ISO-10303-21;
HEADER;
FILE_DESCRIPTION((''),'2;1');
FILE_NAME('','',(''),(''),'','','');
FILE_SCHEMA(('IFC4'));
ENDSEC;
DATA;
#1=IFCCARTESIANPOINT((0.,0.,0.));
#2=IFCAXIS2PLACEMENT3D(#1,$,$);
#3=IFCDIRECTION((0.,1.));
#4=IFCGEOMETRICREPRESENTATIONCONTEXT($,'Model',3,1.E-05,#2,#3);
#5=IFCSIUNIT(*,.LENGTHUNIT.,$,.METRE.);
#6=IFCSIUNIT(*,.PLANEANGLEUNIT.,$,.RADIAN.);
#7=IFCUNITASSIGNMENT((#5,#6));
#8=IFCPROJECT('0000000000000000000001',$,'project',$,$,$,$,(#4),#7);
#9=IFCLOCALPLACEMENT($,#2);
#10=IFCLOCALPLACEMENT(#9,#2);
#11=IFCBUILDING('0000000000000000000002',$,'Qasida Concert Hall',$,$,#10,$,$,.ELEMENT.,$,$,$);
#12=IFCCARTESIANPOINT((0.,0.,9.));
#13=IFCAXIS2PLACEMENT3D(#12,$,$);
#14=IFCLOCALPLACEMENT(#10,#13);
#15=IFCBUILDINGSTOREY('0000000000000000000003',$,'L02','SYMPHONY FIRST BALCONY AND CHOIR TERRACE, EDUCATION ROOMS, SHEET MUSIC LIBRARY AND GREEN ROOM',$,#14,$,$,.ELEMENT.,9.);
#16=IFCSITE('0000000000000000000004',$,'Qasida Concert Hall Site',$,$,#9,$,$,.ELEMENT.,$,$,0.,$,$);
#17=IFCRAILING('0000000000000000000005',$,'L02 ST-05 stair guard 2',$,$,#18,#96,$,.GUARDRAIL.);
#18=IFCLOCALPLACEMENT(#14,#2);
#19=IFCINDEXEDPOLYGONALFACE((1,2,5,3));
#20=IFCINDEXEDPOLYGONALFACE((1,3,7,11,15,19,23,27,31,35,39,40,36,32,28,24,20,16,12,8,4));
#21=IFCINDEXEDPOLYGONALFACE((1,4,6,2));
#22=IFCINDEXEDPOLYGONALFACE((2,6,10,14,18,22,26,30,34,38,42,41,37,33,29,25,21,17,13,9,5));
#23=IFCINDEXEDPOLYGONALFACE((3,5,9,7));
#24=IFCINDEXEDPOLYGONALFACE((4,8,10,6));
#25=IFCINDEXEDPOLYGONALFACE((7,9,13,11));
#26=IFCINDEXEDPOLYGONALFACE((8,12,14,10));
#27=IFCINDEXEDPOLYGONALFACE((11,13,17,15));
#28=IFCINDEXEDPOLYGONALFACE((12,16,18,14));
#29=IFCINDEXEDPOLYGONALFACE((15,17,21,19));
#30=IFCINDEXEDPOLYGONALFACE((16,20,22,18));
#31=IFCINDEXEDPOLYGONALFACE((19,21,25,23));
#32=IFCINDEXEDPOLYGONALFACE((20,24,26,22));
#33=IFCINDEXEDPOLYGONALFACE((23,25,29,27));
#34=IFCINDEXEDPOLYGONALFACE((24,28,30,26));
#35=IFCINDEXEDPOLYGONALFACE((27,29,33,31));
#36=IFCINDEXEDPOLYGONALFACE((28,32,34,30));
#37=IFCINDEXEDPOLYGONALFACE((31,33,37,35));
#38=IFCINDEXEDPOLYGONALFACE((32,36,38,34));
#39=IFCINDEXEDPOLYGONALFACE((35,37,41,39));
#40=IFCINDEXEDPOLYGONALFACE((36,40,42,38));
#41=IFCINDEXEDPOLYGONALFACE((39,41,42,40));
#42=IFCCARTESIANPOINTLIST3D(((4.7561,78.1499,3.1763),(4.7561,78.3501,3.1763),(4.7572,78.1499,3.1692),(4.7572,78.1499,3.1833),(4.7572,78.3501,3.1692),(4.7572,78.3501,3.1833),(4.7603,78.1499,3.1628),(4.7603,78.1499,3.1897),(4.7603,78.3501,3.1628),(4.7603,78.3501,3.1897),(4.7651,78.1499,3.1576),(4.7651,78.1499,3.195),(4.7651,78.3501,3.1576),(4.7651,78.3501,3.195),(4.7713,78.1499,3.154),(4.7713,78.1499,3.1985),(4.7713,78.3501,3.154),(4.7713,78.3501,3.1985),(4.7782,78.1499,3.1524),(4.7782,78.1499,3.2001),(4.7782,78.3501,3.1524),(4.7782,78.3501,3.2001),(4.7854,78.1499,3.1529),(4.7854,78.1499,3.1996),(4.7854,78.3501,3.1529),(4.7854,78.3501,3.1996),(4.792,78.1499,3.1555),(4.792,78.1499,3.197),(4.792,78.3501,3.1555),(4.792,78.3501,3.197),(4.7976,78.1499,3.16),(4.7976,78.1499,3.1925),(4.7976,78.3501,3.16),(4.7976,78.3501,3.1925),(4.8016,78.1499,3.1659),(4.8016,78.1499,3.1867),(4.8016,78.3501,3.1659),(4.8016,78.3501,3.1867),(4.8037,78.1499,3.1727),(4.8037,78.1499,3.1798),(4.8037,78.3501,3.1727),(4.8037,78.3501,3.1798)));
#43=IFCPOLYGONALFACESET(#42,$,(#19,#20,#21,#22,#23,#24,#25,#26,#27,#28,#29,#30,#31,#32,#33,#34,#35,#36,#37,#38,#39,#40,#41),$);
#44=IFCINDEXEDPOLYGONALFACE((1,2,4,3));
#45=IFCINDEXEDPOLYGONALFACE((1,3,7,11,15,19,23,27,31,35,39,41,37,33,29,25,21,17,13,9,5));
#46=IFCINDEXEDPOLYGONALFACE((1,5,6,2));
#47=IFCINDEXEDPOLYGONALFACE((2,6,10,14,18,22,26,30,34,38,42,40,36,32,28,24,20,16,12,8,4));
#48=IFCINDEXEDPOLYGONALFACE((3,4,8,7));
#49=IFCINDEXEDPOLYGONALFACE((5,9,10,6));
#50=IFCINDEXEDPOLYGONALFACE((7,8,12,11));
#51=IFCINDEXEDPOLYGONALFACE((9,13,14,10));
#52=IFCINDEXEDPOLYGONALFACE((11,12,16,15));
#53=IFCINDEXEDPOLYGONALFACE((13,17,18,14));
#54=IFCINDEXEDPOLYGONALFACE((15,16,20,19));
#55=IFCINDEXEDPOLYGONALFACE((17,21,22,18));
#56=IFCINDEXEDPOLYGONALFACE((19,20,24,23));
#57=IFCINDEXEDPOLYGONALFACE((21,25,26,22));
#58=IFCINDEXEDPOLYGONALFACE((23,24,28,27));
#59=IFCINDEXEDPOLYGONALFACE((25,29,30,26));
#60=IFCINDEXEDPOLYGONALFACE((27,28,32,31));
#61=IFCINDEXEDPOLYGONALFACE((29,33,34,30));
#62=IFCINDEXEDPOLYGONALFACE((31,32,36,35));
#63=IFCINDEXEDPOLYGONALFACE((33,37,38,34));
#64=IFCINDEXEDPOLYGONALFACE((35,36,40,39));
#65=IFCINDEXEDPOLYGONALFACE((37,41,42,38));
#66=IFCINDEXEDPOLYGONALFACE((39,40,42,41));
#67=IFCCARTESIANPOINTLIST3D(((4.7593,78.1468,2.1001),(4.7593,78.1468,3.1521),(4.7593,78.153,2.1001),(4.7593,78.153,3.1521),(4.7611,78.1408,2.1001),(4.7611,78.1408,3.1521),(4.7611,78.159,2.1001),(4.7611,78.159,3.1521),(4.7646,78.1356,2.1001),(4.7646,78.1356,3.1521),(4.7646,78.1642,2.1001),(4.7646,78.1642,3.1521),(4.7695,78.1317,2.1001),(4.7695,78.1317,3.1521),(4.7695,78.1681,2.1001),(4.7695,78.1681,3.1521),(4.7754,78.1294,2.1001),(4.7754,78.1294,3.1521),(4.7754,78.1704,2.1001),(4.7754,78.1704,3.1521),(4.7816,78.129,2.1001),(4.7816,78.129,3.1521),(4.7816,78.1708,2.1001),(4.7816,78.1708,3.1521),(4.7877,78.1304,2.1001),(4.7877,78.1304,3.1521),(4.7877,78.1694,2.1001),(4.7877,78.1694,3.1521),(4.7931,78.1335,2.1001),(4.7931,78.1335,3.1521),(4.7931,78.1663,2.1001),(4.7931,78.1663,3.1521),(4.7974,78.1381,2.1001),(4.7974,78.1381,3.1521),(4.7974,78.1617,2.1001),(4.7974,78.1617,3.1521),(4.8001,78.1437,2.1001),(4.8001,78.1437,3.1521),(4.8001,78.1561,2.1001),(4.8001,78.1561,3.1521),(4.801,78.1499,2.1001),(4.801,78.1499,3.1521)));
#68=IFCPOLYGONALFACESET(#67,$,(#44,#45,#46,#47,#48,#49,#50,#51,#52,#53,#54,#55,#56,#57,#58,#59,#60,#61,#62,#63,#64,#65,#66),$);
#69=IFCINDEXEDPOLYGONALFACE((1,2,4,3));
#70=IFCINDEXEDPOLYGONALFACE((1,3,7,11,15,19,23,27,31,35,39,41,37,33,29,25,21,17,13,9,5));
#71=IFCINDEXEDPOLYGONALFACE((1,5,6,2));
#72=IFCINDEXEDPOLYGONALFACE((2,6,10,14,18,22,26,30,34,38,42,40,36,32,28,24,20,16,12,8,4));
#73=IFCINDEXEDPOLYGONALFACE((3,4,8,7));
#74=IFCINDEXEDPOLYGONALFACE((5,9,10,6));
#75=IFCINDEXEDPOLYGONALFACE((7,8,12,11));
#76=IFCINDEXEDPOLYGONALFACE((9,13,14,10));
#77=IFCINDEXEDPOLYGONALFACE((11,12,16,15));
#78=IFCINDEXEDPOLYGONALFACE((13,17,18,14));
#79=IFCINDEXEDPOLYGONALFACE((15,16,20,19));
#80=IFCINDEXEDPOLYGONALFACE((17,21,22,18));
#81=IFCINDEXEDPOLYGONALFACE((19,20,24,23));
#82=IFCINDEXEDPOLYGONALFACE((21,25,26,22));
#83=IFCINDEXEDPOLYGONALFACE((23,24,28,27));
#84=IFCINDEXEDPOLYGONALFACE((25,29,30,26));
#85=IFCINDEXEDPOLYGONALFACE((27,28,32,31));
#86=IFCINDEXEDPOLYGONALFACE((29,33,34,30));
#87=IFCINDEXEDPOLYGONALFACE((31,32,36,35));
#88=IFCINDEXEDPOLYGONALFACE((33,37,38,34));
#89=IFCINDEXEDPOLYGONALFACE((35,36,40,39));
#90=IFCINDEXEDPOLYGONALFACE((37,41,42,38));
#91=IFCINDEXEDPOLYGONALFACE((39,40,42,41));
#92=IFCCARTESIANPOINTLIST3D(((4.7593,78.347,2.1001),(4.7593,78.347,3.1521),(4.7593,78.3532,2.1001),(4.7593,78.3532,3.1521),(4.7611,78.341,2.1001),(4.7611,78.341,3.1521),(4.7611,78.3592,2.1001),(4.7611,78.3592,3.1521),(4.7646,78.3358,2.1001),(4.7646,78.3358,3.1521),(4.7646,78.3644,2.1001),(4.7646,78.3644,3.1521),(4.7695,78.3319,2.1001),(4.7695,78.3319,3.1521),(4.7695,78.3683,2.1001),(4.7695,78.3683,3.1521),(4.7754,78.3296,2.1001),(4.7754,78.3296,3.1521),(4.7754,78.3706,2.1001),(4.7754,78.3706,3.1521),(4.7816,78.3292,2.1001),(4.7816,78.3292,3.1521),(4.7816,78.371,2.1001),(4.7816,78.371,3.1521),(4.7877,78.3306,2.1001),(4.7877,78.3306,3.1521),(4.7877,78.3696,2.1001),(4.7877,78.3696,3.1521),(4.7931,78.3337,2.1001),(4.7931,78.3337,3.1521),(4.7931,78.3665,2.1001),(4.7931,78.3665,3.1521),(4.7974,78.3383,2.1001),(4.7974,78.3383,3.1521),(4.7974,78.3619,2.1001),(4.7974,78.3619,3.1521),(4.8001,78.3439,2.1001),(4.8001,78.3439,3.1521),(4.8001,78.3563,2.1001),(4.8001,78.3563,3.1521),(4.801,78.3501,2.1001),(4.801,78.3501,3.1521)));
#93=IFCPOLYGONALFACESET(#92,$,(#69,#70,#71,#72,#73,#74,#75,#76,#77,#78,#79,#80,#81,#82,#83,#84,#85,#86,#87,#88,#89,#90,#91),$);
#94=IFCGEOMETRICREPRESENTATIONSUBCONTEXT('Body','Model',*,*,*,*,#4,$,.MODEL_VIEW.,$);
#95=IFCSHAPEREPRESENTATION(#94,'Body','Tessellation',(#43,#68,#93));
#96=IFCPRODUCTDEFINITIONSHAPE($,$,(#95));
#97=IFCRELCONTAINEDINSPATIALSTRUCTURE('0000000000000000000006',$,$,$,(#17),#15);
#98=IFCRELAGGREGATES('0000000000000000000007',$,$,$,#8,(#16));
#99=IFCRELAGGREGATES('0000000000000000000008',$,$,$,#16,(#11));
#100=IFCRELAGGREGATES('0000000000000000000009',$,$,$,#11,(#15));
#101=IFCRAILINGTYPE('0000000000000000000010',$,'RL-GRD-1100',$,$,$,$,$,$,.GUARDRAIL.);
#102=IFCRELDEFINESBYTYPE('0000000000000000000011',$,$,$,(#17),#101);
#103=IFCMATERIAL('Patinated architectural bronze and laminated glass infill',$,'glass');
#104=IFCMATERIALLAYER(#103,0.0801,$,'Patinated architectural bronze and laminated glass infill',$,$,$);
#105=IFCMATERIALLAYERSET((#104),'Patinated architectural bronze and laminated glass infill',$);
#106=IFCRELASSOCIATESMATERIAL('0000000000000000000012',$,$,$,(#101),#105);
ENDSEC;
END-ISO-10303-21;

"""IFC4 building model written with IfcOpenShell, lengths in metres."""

from ifc_helpers import new_model, si_unit, direction, frame, origin, origin_2d, place, context, subcontext, project, spatial, circle, extrude, material, layer, layer_set, type_object, element, save


model = new_model("IFC4")

# Units and contexts
model_context = context("Model", 3, precision=1e-05, world=origin(), true_north=direction((0.0, 1.0)))
body_context = subcontext(model_context, "Body", "Model", "MODEL_VIEW")
ifc_project = project(units=[si_unit("LENGTHUNIT", "METRE"), si_unit("PLANEANGLEUNIT", "RADIAN")], contexts=[model_context])

# Site, building, storey
site_placement = place(None, origin())
site = spatial("IfcSite", under=ifc_project, at=site_placement, Name="Qasida Concert Hall Site", CompositionType="ELEMENT", RefElevation=0.0)
building_placement = place(site_placement, origin())
building = spatial("IfcBuilding", under=site, at=building_placement, Name="Qasida Concert Hall", CompositionType="ELEMENT")
storey_placement = place(building_placement, frame((0.0, 0.0, 9.0)))
storey = spatial("IfcBuildingStorey", under=building, at=storey_placement, Name="L02", Description="SYMPHONY FIRST BALCONY AND CHOIR TERRACE, EDUCATION ROOMS, SHEET MUSIC LIBRARY AND GREEN ROOM", CompositionType="ELEMENT", Elevation=9.0)

# Railing
ifc_material_1 = material(Name="Patinated architectural bronze and laminated glass infill", Category="glass")
ifc_layer_1 = layer(ifc_material_1, 0.0801, Name="Patinated architectural bronze and laminated glass infill")
ifc_layer_set_1 = layer_set([ifc_layer_1], Name="Patinated architectural bronze and laminated glass infill")
railing_type_1 = type_object("IfcRailingType", Name="RL-GRD-1100", PredefinedType="GUARDRAIL", material=ifc_layer_set_1)
railing_1_placement = place(storey_placement, frame((4.78, 78.1499, 2.1001)))
element("IfcRailing", 1, at=railing_1_placement, inside=storey, type_object=railing_type_1, Name="L02 ST-05 stair guard 2", PredefinedType="GUARDRAIL", context=body_context, shape_type="SweptSolid", body=[
    extrude(circle(Radius=0.0239, at=origin_2d()), frame((0.0, 0.0, 1.0762), z_axis=(0.0, 1.0, 0.0), x_axis=(-1.0, 0.0, 0.0)), (0.0, 0.0, 1.0), 0.2002),
    extrude(circle(Radius=0.021, at=origin_2d()), origin(), (0.0, 0.0, 1.0), 1.052),
    extrude(circle(Radius=0.021, at=origin_2d()), frame((0.0, 0.2002, 0.0)), (0.0, 0.0, 1.0), 1.052),
])

save(model, "model.ifc")
